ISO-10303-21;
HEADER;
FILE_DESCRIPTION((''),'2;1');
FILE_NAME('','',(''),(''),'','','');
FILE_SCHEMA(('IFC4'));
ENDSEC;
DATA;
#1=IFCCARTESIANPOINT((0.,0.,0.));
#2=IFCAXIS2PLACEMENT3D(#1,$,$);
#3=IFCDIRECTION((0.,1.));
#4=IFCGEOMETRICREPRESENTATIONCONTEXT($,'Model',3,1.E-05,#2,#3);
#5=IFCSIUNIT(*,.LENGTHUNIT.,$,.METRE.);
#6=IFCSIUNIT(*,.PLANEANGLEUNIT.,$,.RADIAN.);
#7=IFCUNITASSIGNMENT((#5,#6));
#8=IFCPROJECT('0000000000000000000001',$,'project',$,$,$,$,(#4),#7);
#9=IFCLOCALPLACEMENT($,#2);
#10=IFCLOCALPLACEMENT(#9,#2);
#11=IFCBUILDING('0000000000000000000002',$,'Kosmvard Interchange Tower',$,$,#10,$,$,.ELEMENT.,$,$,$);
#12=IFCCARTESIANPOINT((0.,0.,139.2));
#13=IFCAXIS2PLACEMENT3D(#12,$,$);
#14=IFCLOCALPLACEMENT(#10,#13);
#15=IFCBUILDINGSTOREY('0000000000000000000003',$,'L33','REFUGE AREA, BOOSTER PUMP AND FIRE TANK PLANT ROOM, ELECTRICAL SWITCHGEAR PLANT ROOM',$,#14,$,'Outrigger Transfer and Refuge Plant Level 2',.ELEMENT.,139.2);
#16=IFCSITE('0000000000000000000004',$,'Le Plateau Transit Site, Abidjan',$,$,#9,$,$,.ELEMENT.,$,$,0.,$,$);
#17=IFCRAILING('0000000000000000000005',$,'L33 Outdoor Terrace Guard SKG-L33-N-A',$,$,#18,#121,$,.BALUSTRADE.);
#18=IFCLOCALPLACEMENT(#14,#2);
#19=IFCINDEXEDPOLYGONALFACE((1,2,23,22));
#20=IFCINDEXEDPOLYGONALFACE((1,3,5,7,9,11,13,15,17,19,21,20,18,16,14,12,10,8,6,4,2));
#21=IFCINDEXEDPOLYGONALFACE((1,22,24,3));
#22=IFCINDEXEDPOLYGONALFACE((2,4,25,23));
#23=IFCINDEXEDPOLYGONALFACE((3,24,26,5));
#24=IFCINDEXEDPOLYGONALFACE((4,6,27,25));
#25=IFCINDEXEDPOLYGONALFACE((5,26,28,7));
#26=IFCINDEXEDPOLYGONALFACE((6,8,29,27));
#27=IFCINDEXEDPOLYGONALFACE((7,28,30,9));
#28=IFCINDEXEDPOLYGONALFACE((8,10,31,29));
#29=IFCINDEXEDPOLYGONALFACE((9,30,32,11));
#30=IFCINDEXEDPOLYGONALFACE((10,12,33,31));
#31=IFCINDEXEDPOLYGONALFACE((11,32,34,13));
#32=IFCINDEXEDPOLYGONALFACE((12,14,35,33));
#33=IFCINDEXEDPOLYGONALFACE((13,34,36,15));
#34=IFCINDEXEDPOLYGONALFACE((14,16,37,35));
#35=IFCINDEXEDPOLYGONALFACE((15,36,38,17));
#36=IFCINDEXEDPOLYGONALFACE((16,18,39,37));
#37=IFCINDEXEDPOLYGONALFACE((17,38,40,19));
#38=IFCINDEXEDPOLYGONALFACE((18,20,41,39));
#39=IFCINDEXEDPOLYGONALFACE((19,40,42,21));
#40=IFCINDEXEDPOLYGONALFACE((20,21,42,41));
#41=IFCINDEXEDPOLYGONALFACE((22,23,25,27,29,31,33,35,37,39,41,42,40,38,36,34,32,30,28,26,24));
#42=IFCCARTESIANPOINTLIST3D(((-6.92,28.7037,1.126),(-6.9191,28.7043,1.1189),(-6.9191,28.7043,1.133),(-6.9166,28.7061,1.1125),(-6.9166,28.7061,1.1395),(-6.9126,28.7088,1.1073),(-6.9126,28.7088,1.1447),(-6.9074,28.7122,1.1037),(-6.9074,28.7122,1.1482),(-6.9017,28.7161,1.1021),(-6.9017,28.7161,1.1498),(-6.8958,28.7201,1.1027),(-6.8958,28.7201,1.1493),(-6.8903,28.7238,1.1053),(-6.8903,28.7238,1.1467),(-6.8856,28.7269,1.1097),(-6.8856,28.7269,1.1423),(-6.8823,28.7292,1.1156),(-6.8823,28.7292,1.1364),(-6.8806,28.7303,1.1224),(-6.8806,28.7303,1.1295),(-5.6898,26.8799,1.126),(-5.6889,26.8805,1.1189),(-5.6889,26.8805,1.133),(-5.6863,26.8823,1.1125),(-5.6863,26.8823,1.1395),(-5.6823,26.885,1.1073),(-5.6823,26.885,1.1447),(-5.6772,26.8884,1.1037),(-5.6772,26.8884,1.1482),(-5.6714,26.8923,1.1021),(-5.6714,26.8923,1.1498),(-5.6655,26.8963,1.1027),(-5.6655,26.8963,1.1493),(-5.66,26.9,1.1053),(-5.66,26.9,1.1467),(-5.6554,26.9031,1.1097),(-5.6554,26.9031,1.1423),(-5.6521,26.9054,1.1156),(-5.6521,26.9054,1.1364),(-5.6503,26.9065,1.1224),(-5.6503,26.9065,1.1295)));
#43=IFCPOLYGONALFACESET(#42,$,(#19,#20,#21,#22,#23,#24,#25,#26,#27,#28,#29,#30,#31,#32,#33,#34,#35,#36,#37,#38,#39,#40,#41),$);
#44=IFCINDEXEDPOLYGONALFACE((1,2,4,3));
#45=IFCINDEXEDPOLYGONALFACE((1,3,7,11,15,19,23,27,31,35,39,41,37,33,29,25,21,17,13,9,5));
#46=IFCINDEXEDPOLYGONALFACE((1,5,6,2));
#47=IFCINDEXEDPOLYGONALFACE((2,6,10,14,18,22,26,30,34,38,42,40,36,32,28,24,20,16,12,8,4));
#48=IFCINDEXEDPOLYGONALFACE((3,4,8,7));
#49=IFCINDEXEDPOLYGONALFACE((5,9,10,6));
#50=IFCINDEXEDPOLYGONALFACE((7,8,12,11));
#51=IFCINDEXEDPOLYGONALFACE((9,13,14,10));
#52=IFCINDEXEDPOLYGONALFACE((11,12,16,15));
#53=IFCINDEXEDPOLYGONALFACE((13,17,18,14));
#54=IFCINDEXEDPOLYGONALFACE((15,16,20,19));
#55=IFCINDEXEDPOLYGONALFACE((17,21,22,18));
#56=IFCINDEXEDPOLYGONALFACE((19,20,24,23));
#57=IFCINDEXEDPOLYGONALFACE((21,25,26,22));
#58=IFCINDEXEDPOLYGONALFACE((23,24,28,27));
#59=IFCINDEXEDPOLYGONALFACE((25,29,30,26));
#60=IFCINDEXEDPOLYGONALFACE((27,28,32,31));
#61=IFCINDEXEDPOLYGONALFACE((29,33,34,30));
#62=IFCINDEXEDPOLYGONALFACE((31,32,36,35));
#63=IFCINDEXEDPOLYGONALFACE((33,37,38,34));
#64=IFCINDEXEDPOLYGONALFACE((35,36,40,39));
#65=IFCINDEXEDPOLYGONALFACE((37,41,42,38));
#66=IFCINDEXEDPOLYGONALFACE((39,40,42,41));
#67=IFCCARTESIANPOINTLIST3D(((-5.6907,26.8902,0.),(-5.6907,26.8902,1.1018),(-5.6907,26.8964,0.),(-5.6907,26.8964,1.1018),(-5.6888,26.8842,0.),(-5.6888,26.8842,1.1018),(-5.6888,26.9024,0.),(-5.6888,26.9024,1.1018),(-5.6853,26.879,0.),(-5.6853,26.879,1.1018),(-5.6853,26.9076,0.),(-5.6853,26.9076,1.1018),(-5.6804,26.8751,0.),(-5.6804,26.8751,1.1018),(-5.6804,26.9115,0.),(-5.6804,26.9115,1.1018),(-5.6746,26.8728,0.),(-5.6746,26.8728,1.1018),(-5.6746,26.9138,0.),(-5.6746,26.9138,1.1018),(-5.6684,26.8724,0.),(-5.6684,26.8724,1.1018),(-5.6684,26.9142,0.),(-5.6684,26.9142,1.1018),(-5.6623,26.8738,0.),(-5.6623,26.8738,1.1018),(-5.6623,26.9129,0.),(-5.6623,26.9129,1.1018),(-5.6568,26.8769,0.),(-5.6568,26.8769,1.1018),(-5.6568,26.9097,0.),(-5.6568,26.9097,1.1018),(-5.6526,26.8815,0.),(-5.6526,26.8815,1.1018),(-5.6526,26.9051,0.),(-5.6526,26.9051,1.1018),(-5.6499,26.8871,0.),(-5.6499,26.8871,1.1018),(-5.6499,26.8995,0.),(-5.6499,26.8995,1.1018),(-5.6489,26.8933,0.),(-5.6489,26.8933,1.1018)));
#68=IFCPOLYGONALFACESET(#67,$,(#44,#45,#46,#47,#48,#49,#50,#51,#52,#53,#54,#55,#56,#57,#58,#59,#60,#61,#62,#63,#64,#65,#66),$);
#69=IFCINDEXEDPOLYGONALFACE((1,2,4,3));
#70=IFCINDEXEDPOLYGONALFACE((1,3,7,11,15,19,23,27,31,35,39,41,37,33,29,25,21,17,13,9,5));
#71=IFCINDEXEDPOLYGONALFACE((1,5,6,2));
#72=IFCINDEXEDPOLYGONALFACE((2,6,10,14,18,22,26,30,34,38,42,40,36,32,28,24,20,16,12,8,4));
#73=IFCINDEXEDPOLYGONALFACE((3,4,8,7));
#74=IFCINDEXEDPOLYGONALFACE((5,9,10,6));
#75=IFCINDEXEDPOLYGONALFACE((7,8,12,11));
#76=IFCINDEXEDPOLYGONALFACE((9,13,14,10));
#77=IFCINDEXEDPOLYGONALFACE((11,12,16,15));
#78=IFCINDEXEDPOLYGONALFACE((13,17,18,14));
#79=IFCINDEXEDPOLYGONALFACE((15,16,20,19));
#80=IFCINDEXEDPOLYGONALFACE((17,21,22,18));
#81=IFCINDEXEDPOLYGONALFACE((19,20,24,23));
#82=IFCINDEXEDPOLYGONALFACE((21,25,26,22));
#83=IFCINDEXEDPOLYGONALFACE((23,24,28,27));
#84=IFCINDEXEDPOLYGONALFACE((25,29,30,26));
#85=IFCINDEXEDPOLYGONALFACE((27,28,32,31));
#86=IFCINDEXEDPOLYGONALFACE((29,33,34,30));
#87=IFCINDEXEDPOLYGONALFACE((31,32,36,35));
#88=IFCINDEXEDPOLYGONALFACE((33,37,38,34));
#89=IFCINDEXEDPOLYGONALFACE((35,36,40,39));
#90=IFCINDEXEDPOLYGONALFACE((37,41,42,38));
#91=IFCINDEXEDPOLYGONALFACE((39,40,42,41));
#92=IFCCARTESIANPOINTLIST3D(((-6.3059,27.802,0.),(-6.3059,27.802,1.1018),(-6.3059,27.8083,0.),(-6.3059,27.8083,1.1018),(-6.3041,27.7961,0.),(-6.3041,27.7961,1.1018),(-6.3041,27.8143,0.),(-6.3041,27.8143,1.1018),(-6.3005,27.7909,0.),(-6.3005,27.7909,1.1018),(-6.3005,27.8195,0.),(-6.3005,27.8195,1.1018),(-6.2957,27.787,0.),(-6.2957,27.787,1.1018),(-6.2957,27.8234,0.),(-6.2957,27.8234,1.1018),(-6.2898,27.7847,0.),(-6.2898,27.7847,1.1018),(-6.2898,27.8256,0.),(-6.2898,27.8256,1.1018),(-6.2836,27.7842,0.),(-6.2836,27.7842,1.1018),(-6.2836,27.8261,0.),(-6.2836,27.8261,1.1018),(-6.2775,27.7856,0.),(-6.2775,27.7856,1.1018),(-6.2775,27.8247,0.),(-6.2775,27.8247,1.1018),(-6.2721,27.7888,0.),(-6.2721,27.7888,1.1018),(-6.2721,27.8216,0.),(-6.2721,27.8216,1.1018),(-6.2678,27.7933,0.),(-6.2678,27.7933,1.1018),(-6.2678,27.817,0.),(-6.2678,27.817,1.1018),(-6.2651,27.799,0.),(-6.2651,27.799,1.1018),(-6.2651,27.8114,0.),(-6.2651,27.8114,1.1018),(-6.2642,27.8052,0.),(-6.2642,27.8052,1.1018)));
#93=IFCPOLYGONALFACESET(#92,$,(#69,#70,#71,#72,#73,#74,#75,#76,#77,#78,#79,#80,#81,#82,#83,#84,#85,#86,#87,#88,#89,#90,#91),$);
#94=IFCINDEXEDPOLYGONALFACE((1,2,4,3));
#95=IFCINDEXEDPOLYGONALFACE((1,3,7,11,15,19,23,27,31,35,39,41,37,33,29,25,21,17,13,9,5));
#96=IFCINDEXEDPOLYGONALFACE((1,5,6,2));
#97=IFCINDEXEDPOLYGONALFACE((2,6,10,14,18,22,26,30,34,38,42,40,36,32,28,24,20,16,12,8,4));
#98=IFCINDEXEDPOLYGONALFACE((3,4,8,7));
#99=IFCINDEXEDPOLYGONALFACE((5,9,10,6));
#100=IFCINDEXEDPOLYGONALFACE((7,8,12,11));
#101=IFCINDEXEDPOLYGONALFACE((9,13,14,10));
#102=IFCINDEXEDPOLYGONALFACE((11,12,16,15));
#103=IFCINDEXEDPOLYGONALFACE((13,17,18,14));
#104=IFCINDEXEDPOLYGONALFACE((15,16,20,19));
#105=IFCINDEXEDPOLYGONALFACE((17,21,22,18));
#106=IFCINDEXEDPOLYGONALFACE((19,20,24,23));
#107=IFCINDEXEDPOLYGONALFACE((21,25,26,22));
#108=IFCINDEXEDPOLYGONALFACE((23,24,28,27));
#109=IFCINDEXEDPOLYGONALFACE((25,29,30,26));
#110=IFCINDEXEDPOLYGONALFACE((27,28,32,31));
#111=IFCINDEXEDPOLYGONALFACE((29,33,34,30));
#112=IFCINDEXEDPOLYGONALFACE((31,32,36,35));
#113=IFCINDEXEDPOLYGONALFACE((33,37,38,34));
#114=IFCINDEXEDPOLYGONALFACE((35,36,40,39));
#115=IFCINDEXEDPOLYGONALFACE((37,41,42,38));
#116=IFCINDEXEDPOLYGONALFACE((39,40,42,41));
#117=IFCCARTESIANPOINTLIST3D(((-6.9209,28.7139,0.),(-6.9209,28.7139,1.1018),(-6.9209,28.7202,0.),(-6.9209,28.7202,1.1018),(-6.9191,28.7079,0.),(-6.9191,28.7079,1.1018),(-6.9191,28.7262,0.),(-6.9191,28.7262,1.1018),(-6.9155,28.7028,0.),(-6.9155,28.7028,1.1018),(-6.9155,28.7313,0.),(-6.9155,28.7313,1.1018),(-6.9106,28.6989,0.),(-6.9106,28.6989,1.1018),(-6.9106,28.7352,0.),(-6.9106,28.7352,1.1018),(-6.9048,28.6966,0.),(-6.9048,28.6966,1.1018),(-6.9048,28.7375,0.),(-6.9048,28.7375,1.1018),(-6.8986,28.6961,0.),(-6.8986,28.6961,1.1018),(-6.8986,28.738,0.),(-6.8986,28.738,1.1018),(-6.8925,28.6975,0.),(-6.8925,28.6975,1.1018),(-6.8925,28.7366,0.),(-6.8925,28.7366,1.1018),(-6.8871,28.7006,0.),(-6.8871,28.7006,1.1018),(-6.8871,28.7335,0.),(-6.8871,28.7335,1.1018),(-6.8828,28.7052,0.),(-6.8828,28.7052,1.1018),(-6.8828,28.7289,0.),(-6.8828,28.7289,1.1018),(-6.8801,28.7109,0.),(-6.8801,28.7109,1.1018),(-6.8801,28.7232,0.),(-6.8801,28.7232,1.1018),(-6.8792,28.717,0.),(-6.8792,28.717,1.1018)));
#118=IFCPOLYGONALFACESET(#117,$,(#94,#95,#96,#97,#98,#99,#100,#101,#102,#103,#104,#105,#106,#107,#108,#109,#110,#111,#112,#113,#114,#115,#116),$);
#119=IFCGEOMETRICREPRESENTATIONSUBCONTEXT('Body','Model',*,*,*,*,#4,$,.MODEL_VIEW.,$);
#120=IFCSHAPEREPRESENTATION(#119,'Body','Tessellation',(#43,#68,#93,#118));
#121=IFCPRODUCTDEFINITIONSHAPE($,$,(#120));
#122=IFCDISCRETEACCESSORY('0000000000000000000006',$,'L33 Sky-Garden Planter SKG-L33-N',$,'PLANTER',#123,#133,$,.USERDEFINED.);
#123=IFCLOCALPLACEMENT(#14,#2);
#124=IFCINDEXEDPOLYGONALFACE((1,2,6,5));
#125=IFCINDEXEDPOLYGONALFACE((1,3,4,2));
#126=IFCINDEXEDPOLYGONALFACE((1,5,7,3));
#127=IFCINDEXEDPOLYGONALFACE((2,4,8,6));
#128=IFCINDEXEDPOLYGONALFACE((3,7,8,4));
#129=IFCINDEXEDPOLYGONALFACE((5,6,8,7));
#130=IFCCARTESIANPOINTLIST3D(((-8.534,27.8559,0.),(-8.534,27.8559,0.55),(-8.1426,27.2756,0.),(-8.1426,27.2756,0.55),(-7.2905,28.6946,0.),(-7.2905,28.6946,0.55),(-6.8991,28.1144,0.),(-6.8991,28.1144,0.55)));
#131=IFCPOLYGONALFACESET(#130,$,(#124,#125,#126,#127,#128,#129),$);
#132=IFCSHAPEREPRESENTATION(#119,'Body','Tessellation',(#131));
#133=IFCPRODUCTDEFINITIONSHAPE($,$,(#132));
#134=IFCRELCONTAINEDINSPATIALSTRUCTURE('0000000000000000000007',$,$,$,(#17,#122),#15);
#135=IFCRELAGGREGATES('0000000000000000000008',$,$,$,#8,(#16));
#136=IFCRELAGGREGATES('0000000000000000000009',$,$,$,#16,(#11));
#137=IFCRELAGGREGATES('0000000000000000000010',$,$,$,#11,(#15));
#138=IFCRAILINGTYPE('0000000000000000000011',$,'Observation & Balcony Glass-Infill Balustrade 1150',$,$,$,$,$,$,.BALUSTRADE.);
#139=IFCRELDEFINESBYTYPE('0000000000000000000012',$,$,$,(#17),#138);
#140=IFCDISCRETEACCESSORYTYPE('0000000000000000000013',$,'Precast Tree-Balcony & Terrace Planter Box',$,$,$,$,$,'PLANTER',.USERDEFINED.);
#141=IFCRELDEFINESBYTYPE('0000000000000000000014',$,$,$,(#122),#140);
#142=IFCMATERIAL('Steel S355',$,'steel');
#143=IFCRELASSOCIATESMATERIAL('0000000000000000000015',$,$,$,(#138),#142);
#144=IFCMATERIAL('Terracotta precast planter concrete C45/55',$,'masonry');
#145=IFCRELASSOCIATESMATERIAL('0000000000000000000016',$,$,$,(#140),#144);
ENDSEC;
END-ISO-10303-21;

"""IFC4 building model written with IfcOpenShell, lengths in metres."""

from ifc_helpers import new_model, si_unit, direction, frame, origin, origin_2d, place, context, subcontext, project, spatial, rectangle, circle, extrude, source, transform, mapped, material, type_object, element, save


model = new_model("IFC4")

# Units and contexts
model_context = context("Model", 3, precision=1e-05, world=origin(), true_north=direction((0.0, 1.0)))
body_context = subcontext(model_context, "Body", "Model", "MODEL_VIEW")
ifc_project = project(units=[si_unit("LENGTHUNIT", "METRE"), si_unit("PLANEANGLEUNIT", "RADIAN")], contexts=[model_context])

# Site, building, storey
site_placement = place(None, origin())
site = spatial("IfcSite", under=ifc_project, at=site_placement, Name="Le Plateau Transit Site, Abidjan", CompositionType="ELEMENT", RefElevation=0.0)
building_placement = place(site_placement, origin())
building = spatial("IfcBuilding", under=site, at=building_placement, Name="Kosmvard Interchange Tower", CompositionType="ELEMENT")
storey_placement = place(building_placement, frame((0.0, 0.0, 139.2)))
storey = spatial("IfcBuildingStorey", under=building, at=storey_placement, Name="L33", Description="REFUGE AREA, BOOSTER PUMP AND FIRE TANK PLANT ROOM, ELECTRICAL SWITCHGEAR PLANT ROOM", LongName="Outrigger Transfer and Refuge Plant Level 2", CompositionType="ELEMENT", Elevation=139.2)

# Shared definitions
ifc_material_1 = material(Name="Steel S355", Category="steel")

# Railing
railing_type = type_object("IfcRailingType", Name="Observation & Balcony Glass-Infill Balustrade 1150", PredefinedType="BALUSTRADE", material=ifc_material_1)
shared_shape_1 = source(origin(), body_context, "Body", "SweptSolid", [
    extrude(circle(Radius=0.0239, at=origin_2d()), frame((0.0, 0.0, 1.126), z_axis=(-0.559225, 0.829016, 0.0), x_axis=(-0.829016, -0.559225, 0.0)), (0.0, 0.0, 1.0), 2.2),
    extrude(circle(Radius=0.021, at=origin_2d()), origin(), (0.0, 0.0, 1.0), 1.1018),
    extrude(circle(Radius=0.021, at=origin_2d()), frame((-0.6152, 0.9119, 0.0)), (0.0, 0.0, 1.0), 1.1018),
    extrude(circle(Radius=0.021, at=origin_2d()), frame((-1.2302, 1.8237, 0.0)), (0.0, 0.0, 1.0), 1.1018),
])
railing_1_placement = place(storey_placement, frame((-5.6699, 26.8933, 0.0)))
element("IfcRailing", 1, at=railing_1_placement, inside=storey, type_object=railing_type, Name="L33 Outdoor Terrace Guard SKG-L33-N-A", PredefinedType="BALUSTRADE", context=body_context, shape_type="MappedRepresentation", body=[
    mapped(shared_shape_1, transform((0.0, 0.0, 0.0), scale=1.0)),
])

# Discrete accessory
ifc_material_2 = material(Name="Terracotta precast planter concrete C45/55", Category="masonry")
discrete_accessory_type = type_object("IfcDiscreteAccessoryType", Name="Precast Tree-Balcony & Terrace Planter Box", ElementType="PLANTER", PredefinedType="USERDEFINED", material=ifc_material_2)
shared_shape_2 = source(origin(), body_context, "Body", "SweptSolid", [
    extrude(rectangle(XDim=1.5, YDim=0.7, at=origin_2d()), origin(), (0.0, 0.0, 1.0), 0.55),
])
discrete_accessory_placement = place(storey_placement, frame((-7.7166, 27.9851, 0.0), z_axis=(0.0, 0.0, 1.0), x_axis=(0.829038, 0.559193, 0.0)))
element("IfcDiscreteAccessory", 2, at=discrete_accessory_placement, inside=storey, type_object=discrete_accessory_type, Name="L33 Sky-Garden Planter SKG-L33-N", ObjectType="PLANTER", PredefinedType="USERDEFINED", context=body_context, shape_type="MappedRepresentation", body=[
    mapped(shared_shape_2, transform((0.0, 0.0, 0.0), scale=1.0)),
])

save(model, "model.ifc")
